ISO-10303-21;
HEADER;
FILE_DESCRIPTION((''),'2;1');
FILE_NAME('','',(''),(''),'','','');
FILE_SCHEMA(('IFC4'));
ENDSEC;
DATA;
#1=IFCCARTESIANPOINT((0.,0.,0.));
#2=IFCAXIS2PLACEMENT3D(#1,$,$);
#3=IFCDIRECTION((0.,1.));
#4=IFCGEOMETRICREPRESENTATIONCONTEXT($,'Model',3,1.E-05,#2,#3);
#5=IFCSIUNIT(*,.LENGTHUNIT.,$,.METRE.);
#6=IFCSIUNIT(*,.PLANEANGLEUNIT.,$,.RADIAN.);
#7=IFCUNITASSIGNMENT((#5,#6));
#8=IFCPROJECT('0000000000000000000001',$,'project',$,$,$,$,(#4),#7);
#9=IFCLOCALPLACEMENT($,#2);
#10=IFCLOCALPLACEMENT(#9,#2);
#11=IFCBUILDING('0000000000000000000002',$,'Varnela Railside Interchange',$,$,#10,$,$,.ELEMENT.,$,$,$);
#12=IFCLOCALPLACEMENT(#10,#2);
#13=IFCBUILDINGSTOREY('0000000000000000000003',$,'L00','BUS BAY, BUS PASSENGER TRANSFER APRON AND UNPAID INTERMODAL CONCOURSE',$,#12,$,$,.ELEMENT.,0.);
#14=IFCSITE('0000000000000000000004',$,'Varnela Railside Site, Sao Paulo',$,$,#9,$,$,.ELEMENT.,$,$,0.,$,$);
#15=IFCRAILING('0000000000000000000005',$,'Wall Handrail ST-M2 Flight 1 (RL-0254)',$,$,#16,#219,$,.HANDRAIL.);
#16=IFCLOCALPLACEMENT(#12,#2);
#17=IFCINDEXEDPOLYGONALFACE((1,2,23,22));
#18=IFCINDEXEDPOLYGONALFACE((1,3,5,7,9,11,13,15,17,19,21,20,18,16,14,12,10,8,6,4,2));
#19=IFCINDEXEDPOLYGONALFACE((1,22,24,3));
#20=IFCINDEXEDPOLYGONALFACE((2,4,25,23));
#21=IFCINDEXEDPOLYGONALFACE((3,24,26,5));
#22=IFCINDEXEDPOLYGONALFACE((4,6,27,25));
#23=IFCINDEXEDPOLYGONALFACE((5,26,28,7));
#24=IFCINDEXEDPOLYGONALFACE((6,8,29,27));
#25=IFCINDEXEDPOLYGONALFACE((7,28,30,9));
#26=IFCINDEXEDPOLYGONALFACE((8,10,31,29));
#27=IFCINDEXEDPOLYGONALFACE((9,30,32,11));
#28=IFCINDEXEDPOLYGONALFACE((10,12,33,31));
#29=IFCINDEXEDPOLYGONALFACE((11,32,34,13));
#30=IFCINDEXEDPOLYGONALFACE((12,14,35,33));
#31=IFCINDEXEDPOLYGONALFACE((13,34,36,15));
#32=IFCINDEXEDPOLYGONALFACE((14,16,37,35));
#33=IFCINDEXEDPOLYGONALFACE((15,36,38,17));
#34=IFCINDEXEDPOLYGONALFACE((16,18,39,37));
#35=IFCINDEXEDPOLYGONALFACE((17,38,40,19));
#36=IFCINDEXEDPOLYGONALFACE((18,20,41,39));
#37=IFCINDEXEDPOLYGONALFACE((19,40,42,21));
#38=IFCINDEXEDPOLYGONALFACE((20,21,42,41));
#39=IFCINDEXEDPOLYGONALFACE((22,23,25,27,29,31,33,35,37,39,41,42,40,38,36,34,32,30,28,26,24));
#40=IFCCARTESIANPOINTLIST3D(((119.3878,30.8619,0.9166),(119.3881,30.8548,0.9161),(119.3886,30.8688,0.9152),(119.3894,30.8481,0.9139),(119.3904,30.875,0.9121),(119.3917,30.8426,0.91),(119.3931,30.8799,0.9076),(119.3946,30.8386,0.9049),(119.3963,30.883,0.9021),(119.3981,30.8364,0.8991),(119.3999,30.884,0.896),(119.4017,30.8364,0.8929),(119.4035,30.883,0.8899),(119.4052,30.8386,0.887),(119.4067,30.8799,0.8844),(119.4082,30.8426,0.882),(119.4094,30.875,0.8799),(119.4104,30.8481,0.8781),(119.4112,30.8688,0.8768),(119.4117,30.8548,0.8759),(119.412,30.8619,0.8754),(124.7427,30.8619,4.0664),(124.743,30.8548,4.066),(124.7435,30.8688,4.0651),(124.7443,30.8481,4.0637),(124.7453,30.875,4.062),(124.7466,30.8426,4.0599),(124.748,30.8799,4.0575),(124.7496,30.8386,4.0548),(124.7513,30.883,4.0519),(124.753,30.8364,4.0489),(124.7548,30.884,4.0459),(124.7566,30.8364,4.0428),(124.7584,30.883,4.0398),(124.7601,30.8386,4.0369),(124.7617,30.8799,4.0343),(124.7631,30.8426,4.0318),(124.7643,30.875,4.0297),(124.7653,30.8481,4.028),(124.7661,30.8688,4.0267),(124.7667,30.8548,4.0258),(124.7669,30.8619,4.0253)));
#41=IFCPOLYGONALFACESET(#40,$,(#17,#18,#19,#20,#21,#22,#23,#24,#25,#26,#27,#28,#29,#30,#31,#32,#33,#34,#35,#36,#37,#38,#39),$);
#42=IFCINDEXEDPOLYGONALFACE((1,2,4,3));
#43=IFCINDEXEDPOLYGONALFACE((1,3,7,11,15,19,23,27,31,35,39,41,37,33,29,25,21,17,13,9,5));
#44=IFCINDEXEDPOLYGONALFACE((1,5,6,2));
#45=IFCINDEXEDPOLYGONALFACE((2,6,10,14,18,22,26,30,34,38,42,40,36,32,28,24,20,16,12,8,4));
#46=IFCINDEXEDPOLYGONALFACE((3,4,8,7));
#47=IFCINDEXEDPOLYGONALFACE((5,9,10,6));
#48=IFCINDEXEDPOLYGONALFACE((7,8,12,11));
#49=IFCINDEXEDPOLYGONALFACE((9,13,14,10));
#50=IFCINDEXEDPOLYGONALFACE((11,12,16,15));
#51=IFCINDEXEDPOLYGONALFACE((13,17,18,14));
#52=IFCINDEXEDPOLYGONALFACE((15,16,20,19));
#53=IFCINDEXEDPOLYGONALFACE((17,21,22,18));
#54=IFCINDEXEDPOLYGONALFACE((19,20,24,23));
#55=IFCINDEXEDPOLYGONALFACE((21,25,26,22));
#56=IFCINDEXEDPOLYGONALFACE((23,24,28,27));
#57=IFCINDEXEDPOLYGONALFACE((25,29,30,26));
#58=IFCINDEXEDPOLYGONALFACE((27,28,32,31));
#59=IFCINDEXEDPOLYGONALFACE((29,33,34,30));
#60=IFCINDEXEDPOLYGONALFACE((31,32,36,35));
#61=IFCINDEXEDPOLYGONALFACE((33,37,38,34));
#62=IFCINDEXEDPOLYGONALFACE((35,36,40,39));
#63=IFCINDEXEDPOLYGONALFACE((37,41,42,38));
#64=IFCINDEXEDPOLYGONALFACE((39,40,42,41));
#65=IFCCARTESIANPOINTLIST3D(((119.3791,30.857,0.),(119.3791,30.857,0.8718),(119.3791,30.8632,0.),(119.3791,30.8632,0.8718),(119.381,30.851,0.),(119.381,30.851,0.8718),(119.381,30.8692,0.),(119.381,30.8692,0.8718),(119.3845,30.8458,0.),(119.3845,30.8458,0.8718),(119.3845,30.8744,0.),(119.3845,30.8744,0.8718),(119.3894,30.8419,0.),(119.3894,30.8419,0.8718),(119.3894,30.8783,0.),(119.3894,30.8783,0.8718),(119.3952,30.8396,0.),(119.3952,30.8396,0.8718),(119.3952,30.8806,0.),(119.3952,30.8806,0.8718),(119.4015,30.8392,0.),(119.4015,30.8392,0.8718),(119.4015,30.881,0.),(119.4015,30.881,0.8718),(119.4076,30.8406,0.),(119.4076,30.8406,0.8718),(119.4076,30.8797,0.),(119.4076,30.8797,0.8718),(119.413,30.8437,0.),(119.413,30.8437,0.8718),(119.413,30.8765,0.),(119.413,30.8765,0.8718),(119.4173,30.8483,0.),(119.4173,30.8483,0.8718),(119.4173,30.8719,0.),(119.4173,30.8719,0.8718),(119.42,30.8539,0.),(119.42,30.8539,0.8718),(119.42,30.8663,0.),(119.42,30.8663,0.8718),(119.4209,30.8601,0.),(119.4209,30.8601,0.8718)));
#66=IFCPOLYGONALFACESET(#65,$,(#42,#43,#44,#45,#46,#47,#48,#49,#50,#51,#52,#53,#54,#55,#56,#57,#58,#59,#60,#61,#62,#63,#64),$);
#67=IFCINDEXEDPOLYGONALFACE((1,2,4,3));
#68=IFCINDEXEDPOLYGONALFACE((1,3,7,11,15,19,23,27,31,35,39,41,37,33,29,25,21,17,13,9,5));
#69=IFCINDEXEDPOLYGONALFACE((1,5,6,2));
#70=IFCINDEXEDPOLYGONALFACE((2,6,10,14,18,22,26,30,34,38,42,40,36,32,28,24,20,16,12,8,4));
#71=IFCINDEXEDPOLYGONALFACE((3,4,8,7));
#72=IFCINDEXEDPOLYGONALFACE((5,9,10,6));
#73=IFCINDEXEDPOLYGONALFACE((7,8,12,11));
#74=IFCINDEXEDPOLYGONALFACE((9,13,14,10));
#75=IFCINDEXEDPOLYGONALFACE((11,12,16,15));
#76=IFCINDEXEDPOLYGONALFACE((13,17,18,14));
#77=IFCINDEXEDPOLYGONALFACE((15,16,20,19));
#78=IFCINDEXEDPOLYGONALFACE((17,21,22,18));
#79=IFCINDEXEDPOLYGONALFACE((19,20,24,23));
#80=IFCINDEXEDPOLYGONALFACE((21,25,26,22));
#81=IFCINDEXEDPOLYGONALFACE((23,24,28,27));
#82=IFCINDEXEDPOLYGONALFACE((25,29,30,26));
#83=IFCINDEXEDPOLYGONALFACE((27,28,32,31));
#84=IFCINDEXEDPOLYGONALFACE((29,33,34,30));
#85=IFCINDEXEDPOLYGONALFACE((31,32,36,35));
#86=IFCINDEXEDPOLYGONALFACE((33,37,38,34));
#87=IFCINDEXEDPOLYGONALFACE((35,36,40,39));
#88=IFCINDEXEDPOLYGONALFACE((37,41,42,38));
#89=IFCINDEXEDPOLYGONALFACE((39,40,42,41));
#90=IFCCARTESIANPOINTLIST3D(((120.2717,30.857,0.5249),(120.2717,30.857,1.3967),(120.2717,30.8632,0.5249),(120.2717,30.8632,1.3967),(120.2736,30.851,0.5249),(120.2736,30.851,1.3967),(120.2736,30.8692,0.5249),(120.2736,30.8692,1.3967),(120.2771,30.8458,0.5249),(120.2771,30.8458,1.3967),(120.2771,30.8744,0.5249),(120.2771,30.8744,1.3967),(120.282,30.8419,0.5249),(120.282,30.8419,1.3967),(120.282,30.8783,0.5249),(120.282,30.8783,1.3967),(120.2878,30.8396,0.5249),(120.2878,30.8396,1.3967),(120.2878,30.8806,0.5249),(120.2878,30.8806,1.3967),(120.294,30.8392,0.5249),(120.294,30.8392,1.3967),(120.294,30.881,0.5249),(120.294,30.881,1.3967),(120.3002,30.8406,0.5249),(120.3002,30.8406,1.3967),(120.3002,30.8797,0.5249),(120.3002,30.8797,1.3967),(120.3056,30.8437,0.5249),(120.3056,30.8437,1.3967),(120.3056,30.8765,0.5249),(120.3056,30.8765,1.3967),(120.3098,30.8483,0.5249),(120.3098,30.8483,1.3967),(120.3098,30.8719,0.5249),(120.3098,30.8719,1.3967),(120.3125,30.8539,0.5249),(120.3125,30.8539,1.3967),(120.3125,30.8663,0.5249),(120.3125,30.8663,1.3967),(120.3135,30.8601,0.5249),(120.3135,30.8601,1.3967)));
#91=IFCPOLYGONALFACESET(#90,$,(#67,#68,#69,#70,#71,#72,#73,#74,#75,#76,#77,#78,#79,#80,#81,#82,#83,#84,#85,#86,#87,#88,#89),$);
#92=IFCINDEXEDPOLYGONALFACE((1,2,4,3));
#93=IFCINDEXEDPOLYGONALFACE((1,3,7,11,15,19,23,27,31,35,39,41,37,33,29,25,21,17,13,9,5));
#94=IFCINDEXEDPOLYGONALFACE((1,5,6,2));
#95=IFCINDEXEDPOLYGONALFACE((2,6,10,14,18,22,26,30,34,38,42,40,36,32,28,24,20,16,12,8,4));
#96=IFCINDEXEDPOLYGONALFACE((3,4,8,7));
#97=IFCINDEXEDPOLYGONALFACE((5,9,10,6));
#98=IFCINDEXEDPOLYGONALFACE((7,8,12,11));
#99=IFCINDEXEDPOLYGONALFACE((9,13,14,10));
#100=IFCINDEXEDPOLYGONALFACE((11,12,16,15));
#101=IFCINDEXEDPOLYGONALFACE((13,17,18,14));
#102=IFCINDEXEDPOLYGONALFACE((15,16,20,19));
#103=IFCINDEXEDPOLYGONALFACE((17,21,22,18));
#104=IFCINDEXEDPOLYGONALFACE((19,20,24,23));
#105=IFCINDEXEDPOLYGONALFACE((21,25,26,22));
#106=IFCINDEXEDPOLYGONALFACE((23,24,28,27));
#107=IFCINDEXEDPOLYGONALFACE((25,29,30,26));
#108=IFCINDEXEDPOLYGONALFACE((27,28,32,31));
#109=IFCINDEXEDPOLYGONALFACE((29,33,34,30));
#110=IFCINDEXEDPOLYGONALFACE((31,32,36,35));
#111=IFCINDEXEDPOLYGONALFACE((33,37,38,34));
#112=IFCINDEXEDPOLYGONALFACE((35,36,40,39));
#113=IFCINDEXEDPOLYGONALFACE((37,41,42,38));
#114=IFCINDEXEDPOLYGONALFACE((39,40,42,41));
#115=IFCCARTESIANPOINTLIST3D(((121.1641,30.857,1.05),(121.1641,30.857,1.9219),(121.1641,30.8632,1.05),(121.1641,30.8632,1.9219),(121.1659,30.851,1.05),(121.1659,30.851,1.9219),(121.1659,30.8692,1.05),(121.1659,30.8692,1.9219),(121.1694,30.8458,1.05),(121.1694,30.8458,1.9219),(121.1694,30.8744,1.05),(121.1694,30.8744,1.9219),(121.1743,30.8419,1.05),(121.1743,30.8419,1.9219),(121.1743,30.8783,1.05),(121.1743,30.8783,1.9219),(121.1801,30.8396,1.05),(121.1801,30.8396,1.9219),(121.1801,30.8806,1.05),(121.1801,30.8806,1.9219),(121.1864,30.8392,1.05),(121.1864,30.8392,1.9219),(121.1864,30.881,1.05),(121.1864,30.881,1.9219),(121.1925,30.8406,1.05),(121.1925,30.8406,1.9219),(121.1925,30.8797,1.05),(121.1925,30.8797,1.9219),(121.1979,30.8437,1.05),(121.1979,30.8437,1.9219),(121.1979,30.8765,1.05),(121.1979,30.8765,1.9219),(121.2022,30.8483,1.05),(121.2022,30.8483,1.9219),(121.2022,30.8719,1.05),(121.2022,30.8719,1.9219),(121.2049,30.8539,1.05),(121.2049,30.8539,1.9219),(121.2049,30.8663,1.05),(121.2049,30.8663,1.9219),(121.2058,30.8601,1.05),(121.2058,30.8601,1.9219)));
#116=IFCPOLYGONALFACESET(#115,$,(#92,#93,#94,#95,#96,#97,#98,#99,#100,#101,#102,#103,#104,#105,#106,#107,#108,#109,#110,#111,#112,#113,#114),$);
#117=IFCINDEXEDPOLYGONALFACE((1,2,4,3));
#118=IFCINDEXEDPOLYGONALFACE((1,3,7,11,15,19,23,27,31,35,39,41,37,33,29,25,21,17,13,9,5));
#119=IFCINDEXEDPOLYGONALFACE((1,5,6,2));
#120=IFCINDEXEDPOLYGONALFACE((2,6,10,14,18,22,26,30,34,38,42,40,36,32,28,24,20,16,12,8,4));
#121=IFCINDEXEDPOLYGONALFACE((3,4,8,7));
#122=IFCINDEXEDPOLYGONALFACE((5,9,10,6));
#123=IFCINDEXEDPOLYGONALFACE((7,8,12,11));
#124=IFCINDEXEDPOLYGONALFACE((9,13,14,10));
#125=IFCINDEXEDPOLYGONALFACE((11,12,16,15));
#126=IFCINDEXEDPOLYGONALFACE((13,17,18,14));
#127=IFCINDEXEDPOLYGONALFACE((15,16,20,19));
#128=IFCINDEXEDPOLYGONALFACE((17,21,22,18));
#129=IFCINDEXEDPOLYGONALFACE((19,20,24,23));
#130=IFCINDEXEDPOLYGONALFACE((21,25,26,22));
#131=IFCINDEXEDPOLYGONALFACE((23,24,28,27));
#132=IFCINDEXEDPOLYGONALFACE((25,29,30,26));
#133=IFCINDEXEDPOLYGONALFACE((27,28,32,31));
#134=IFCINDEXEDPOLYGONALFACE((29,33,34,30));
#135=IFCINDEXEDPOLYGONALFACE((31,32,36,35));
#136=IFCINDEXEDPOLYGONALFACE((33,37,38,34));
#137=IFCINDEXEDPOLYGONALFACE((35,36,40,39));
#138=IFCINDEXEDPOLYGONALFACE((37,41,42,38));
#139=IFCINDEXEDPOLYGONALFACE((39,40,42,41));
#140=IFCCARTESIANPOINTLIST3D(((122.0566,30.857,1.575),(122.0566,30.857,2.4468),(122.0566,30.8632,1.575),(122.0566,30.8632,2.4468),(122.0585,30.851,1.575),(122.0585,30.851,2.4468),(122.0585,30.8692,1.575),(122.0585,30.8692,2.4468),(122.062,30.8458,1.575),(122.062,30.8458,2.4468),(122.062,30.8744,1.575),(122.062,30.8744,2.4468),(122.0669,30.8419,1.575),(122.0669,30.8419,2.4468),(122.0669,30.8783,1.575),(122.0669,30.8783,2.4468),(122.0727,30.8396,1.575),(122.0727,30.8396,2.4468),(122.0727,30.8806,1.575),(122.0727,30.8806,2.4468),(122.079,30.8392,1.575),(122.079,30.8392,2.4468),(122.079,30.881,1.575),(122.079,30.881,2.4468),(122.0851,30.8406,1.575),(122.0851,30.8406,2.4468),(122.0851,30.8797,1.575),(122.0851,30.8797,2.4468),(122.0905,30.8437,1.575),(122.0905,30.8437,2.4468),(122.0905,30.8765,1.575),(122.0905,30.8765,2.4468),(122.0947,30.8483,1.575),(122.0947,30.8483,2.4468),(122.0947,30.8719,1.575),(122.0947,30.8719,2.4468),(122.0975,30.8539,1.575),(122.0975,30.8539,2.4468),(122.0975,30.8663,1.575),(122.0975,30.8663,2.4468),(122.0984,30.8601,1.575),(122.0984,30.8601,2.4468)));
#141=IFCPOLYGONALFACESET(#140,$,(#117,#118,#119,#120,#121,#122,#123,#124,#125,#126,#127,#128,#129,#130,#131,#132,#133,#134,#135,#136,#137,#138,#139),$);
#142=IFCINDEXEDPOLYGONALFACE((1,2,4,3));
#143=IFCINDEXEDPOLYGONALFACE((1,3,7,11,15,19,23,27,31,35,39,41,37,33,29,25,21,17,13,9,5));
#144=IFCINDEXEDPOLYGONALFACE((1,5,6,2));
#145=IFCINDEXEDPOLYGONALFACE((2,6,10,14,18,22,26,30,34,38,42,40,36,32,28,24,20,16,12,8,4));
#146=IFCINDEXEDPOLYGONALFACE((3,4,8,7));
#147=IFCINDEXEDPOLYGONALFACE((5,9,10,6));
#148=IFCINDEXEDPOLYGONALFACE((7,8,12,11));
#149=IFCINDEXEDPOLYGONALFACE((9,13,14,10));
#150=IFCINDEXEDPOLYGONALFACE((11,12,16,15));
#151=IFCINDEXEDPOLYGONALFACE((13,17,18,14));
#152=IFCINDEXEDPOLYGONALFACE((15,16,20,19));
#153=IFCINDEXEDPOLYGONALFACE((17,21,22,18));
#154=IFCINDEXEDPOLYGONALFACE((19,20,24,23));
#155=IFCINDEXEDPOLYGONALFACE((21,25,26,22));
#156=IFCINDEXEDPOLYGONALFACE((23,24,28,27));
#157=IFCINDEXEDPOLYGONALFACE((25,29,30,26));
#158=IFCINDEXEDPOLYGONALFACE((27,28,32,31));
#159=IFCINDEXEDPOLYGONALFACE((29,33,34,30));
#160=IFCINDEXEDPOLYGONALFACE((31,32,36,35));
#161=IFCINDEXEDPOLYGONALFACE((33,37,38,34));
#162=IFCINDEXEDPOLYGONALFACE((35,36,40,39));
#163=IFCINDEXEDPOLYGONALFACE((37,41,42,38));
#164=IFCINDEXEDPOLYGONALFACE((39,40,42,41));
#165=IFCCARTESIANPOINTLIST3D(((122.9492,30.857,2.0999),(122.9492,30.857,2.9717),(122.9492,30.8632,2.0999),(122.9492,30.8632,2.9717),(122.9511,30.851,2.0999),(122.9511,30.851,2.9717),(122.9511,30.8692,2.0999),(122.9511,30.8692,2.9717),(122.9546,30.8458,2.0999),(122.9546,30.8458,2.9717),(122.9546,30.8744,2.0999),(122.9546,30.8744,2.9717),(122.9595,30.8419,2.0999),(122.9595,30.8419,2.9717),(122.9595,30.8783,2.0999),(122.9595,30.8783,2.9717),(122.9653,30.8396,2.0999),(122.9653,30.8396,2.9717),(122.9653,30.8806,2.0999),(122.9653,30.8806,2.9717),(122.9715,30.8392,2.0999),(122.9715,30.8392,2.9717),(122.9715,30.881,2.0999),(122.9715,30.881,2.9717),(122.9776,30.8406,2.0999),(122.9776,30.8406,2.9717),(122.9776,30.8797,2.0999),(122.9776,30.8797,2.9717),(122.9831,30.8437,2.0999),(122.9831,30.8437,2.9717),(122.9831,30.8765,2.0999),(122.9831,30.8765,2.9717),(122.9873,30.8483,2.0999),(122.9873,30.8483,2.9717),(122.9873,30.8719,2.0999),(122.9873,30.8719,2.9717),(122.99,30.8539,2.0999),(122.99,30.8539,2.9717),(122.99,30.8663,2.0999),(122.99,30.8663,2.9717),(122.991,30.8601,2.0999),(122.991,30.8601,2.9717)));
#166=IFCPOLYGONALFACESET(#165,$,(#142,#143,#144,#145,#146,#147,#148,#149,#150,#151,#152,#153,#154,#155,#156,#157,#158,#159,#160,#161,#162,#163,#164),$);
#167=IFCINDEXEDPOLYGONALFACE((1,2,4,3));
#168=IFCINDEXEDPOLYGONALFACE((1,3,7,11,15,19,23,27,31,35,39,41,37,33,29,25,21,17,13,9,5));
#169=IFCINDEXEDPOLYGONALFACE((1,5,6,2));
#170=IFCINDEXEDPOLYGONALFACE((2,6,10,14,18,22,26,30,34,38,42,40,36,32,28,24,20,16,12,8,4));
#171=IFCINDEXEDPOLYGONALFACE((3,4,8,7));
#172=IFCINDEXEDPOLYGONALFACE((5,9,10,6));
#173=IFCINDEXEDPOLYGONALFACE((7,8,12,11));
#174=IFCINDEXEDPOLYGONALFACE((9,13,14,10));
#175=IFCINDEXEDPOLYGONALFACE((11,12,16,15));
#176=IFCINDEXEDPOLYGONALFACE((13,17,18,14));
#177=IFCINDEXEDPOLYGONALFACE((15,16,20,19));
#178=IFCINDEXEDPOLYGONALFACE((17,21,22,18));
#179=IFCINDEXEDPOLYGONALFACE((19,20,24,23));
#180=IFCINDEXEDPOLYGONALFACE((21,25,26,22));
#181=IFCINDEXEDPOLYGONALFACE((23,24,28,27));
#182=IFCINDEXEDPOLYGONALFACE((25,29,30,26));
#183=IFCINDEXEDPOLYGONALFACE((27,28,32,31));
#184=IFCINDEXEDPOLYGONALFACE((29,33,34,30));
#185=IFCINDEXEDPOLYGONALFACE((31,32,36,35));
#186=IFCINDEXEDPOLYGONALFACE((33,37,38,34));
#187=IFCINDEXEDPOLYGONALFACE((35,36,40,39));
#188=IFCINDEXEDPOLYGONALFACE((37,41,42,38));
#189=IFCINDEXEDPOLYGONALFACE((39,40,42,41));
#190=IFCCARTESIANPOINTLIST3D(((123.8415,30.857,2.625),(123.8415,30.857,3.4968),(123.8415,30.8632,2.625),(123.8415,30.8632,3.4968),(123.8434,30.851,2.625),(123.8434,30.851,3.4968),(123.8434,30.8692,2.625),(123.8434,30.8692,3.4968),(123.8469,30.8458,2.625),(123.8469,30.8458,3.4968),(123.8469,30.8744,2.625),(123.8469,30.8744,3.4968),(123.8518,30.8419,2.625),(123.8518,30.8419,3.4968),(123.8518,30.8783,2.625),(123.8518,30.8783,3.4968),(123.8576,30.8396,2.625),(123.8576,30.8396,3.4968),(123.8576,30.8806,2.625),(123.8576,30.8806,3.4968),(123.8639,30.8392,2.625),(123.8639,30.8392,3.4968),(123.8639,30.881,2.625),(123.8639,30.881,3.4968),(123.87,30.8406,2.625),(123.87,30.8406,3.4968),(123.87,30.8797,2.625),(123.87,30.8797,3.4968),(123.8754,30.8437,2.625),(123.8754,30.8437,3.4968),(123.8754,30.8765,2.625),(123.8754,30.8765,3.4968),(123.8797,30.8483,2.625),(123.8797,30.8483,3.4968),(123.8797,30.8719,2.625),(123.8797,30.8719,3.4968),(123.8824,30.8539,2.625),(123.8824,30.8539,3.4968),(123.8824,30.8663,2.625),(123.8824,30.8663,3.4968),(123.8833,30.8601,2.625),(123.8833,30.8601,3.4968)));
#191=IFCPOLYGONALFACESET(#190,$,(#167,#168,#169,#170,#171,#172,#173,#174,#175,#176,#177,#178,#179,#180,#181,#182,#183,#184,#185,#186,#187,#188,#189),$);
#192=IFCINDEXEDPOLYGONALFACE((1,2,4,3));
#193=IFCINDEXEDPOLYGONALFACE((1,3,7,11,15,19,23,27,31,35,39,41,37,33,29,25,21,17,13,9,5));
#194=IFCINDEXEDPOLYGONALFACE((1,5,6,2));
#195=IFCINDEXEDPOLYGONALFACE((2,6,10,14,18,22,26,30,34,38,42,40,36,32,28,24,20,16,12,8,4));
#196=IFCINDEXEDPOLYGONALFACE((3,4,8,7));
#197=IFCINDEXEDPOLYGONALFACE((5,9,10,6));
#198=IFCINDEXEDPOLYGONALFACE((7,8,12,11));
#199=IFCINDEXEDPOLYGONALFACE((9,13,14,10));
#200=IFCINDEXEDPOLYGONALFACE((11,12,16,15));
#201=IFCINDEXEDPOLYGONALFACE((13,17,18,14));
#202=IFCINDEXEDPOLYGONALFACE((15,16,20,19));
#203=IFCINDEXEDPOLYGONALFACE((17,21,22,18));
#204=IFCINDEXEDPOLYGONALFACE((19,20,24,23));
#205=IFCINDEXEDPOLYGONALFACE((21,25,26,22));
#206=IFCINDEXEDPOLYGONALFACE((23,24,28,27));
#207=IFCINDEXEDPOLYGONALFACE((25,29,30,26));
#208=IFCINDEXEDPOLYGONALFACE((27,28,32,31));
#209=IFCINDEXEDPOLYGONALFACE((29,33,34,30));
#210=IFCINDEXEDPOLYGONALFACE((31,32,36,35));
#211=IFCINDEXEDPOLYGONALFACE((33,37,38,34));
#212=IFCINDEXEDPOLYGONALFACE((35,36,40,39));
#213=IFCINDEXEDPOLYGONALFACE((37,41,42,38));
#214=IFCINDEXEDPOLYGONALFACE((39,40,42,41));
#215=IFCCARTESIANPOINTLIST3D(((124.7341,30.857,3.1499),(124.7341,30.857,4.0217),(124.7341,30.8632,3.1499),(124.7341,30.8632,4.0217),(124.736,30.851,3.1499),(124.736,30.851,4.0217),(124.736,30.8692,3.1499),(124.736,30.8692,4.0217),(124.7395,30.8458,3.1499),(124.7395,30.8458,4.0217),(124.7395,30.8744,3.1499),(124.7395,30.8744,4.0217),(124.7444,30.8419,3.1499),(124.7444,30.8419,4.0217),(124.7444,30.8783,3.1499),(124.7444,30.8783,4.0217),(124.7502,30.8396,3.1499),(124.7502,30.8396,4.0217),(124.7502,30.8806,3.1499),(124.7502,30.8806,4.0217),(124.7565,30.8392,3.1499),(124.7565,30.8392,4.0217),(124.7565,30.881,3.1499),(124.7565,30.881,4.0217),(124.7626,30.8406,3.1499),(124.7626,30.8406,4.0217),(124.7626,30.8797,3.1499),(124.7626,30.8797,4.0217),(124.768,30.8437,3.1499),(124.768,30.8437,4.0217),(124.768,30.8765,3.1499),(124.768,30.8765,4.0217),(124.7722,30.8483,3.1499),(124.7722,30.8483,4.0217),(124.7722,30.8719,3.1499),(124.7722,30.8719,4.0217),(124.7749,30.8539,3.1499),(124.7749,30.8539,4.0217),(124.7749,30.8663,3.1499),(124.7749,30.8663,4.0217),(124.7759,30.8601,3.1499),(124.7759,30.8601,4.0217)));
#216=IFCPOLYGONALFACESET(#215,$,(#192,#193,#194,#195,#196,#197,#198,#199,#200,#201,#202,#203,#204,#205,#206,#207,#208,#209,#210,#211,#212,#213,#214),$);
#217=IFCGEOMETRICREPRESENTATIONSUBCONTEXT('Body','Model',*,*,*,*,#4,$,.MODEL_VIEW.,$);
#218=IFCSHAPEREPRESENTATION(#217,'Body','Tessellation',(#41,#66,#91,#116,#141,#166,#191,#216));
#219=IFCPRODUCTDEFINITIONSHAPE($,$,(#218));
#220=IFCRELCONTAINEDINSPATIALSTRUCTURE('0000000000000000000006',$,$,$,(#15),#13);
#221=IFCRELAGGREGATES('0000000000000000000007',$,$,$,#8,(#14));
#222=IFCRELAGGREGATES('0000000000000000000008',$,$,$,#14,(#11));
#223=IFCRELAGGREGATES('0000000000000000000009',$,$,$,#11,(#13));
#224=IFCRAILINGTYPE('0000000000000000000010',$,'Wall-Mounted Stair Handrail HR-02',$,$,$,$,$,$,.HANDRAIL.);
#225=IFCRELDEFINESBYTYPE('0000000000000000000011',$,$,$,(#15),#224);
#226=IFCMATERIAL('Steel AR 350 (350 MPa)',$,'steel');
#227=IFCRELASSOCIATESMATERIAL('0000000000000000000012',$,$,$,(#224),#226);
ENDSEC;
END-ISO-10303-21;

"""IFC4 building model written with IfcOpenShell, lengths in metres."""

from ifc_helpers import new_model, si_unit, direction, frame, origin, origin_2d, place, context, subcontext, project, spatial, circle, extrude, material, type_object, element, save


model = new_model("IFC4")

# Units and contexts
model_context = context("Model", 3, precision=1e-05, world=origin(), true_north=direction((0.0, 1.0)))
body_context = subcontext(model_context, "Body", "Model", "MODEL_VIEW")
ifc_project = project(units=[si_unit("LENGTHUNIT", "METRE"), si_unit("PLANEANGLEUNIT", "RADIAN")], contexts=[model_context])

# Site, building, storey
site_placement = place(None, origin())
site = spatial("IfcSite", under=ifc_project, at=site_placement, Name="Varnela Railside Site, Sao Paulo", CompositionType="ELEMENT", RefElevation=0.0)
building_placement = place(site_placement, origin())
building = spatial("IfcBuilding", under=site, at=building_placement, Name="Varnela Railside Interchange", CompositionType="ELEMENT")
storey_placement = place(building_placement, origin())
storey = spatial("IfcBuildingStorey", under=building, at=storey_placement, Name="L00", Description="BUS BAY, BUS PASSENGER TRANSFER APRON AND UNPAID INTERMODAL CONCOURSE", CompositionType="ELEMENT", Elevation=0.0)

# Shared definitions
ifc_material_1 = material(Name="Steel AR 350 (350 MPa)", Category="steel")

# Railing
railing_type_1 = type_object("IfcRailingType", Name="Wall-Mounted Stair Handrail HR-02", PredefinedType="HANDRAIL", material=ifc_material_1)
railing_1_placement = place(storey_placement, frame((119.3999, 30.8601, 0.0)))
element("IfcRailing", 1, at=railing_1_placement, inside=storey, type_object=railing_type_1, Name="Wall Handrail ST-M2 Flight 1 (RL-0254)", PredefinedType="HANDRAIL", context=body_context, shape_type="SweptSolid", body=[
    extrude(circle(Radius=0.0239, at=origin_2d()), frame((0.0, 0.0, 0.896), z_axis=(0.86194, 0.0, 0.50701), x_axis=(0.0, 1.0, 0.0)), (0.0, 0.0, 1.0), 6.2126),
    extrude(circle(Radius=0.021, at=origin_2d()), origin(), (0.0, 0.0, 1.0), 0.8718),
    extrude(circle(Radius=0.021, at=origin_2d()), frame((0.8926, 0.0, 0.5249)), (0.0, 0.0, 1.0), 0.8718),
    extrude(circle(Radius=0.021, at=origin_2d()), frame((1.7849, 0.0, 1.05)), (0.0, 0.0, 1.0), 0.8718),
    extrude(circle(Radius=0.021, at=origin_2d()), frame((2.6775, 0.0, 1.575)), (0.0, 0.0, 1.0), 0.8718),
    extrude(circle(Radius=0.021, at=origin_2d()), frame((3.5701, 0.0, 2.0999)), (0.0, 0.0, 1.0), 0.8718),
    extrude(circle(Radius=0.021, at=origin_2d()), frame((4.4624, 0.0, 2.625)), (0.0, 0.0, 1.0), 0.8718),
    extrude(circle(Radius=0.021, at=origin_2d()), frame((5.355, 0.0, 3.1499)), (0.0, 0.0, 1.0), 0.8718),
])

save(model, "model.ifc")
